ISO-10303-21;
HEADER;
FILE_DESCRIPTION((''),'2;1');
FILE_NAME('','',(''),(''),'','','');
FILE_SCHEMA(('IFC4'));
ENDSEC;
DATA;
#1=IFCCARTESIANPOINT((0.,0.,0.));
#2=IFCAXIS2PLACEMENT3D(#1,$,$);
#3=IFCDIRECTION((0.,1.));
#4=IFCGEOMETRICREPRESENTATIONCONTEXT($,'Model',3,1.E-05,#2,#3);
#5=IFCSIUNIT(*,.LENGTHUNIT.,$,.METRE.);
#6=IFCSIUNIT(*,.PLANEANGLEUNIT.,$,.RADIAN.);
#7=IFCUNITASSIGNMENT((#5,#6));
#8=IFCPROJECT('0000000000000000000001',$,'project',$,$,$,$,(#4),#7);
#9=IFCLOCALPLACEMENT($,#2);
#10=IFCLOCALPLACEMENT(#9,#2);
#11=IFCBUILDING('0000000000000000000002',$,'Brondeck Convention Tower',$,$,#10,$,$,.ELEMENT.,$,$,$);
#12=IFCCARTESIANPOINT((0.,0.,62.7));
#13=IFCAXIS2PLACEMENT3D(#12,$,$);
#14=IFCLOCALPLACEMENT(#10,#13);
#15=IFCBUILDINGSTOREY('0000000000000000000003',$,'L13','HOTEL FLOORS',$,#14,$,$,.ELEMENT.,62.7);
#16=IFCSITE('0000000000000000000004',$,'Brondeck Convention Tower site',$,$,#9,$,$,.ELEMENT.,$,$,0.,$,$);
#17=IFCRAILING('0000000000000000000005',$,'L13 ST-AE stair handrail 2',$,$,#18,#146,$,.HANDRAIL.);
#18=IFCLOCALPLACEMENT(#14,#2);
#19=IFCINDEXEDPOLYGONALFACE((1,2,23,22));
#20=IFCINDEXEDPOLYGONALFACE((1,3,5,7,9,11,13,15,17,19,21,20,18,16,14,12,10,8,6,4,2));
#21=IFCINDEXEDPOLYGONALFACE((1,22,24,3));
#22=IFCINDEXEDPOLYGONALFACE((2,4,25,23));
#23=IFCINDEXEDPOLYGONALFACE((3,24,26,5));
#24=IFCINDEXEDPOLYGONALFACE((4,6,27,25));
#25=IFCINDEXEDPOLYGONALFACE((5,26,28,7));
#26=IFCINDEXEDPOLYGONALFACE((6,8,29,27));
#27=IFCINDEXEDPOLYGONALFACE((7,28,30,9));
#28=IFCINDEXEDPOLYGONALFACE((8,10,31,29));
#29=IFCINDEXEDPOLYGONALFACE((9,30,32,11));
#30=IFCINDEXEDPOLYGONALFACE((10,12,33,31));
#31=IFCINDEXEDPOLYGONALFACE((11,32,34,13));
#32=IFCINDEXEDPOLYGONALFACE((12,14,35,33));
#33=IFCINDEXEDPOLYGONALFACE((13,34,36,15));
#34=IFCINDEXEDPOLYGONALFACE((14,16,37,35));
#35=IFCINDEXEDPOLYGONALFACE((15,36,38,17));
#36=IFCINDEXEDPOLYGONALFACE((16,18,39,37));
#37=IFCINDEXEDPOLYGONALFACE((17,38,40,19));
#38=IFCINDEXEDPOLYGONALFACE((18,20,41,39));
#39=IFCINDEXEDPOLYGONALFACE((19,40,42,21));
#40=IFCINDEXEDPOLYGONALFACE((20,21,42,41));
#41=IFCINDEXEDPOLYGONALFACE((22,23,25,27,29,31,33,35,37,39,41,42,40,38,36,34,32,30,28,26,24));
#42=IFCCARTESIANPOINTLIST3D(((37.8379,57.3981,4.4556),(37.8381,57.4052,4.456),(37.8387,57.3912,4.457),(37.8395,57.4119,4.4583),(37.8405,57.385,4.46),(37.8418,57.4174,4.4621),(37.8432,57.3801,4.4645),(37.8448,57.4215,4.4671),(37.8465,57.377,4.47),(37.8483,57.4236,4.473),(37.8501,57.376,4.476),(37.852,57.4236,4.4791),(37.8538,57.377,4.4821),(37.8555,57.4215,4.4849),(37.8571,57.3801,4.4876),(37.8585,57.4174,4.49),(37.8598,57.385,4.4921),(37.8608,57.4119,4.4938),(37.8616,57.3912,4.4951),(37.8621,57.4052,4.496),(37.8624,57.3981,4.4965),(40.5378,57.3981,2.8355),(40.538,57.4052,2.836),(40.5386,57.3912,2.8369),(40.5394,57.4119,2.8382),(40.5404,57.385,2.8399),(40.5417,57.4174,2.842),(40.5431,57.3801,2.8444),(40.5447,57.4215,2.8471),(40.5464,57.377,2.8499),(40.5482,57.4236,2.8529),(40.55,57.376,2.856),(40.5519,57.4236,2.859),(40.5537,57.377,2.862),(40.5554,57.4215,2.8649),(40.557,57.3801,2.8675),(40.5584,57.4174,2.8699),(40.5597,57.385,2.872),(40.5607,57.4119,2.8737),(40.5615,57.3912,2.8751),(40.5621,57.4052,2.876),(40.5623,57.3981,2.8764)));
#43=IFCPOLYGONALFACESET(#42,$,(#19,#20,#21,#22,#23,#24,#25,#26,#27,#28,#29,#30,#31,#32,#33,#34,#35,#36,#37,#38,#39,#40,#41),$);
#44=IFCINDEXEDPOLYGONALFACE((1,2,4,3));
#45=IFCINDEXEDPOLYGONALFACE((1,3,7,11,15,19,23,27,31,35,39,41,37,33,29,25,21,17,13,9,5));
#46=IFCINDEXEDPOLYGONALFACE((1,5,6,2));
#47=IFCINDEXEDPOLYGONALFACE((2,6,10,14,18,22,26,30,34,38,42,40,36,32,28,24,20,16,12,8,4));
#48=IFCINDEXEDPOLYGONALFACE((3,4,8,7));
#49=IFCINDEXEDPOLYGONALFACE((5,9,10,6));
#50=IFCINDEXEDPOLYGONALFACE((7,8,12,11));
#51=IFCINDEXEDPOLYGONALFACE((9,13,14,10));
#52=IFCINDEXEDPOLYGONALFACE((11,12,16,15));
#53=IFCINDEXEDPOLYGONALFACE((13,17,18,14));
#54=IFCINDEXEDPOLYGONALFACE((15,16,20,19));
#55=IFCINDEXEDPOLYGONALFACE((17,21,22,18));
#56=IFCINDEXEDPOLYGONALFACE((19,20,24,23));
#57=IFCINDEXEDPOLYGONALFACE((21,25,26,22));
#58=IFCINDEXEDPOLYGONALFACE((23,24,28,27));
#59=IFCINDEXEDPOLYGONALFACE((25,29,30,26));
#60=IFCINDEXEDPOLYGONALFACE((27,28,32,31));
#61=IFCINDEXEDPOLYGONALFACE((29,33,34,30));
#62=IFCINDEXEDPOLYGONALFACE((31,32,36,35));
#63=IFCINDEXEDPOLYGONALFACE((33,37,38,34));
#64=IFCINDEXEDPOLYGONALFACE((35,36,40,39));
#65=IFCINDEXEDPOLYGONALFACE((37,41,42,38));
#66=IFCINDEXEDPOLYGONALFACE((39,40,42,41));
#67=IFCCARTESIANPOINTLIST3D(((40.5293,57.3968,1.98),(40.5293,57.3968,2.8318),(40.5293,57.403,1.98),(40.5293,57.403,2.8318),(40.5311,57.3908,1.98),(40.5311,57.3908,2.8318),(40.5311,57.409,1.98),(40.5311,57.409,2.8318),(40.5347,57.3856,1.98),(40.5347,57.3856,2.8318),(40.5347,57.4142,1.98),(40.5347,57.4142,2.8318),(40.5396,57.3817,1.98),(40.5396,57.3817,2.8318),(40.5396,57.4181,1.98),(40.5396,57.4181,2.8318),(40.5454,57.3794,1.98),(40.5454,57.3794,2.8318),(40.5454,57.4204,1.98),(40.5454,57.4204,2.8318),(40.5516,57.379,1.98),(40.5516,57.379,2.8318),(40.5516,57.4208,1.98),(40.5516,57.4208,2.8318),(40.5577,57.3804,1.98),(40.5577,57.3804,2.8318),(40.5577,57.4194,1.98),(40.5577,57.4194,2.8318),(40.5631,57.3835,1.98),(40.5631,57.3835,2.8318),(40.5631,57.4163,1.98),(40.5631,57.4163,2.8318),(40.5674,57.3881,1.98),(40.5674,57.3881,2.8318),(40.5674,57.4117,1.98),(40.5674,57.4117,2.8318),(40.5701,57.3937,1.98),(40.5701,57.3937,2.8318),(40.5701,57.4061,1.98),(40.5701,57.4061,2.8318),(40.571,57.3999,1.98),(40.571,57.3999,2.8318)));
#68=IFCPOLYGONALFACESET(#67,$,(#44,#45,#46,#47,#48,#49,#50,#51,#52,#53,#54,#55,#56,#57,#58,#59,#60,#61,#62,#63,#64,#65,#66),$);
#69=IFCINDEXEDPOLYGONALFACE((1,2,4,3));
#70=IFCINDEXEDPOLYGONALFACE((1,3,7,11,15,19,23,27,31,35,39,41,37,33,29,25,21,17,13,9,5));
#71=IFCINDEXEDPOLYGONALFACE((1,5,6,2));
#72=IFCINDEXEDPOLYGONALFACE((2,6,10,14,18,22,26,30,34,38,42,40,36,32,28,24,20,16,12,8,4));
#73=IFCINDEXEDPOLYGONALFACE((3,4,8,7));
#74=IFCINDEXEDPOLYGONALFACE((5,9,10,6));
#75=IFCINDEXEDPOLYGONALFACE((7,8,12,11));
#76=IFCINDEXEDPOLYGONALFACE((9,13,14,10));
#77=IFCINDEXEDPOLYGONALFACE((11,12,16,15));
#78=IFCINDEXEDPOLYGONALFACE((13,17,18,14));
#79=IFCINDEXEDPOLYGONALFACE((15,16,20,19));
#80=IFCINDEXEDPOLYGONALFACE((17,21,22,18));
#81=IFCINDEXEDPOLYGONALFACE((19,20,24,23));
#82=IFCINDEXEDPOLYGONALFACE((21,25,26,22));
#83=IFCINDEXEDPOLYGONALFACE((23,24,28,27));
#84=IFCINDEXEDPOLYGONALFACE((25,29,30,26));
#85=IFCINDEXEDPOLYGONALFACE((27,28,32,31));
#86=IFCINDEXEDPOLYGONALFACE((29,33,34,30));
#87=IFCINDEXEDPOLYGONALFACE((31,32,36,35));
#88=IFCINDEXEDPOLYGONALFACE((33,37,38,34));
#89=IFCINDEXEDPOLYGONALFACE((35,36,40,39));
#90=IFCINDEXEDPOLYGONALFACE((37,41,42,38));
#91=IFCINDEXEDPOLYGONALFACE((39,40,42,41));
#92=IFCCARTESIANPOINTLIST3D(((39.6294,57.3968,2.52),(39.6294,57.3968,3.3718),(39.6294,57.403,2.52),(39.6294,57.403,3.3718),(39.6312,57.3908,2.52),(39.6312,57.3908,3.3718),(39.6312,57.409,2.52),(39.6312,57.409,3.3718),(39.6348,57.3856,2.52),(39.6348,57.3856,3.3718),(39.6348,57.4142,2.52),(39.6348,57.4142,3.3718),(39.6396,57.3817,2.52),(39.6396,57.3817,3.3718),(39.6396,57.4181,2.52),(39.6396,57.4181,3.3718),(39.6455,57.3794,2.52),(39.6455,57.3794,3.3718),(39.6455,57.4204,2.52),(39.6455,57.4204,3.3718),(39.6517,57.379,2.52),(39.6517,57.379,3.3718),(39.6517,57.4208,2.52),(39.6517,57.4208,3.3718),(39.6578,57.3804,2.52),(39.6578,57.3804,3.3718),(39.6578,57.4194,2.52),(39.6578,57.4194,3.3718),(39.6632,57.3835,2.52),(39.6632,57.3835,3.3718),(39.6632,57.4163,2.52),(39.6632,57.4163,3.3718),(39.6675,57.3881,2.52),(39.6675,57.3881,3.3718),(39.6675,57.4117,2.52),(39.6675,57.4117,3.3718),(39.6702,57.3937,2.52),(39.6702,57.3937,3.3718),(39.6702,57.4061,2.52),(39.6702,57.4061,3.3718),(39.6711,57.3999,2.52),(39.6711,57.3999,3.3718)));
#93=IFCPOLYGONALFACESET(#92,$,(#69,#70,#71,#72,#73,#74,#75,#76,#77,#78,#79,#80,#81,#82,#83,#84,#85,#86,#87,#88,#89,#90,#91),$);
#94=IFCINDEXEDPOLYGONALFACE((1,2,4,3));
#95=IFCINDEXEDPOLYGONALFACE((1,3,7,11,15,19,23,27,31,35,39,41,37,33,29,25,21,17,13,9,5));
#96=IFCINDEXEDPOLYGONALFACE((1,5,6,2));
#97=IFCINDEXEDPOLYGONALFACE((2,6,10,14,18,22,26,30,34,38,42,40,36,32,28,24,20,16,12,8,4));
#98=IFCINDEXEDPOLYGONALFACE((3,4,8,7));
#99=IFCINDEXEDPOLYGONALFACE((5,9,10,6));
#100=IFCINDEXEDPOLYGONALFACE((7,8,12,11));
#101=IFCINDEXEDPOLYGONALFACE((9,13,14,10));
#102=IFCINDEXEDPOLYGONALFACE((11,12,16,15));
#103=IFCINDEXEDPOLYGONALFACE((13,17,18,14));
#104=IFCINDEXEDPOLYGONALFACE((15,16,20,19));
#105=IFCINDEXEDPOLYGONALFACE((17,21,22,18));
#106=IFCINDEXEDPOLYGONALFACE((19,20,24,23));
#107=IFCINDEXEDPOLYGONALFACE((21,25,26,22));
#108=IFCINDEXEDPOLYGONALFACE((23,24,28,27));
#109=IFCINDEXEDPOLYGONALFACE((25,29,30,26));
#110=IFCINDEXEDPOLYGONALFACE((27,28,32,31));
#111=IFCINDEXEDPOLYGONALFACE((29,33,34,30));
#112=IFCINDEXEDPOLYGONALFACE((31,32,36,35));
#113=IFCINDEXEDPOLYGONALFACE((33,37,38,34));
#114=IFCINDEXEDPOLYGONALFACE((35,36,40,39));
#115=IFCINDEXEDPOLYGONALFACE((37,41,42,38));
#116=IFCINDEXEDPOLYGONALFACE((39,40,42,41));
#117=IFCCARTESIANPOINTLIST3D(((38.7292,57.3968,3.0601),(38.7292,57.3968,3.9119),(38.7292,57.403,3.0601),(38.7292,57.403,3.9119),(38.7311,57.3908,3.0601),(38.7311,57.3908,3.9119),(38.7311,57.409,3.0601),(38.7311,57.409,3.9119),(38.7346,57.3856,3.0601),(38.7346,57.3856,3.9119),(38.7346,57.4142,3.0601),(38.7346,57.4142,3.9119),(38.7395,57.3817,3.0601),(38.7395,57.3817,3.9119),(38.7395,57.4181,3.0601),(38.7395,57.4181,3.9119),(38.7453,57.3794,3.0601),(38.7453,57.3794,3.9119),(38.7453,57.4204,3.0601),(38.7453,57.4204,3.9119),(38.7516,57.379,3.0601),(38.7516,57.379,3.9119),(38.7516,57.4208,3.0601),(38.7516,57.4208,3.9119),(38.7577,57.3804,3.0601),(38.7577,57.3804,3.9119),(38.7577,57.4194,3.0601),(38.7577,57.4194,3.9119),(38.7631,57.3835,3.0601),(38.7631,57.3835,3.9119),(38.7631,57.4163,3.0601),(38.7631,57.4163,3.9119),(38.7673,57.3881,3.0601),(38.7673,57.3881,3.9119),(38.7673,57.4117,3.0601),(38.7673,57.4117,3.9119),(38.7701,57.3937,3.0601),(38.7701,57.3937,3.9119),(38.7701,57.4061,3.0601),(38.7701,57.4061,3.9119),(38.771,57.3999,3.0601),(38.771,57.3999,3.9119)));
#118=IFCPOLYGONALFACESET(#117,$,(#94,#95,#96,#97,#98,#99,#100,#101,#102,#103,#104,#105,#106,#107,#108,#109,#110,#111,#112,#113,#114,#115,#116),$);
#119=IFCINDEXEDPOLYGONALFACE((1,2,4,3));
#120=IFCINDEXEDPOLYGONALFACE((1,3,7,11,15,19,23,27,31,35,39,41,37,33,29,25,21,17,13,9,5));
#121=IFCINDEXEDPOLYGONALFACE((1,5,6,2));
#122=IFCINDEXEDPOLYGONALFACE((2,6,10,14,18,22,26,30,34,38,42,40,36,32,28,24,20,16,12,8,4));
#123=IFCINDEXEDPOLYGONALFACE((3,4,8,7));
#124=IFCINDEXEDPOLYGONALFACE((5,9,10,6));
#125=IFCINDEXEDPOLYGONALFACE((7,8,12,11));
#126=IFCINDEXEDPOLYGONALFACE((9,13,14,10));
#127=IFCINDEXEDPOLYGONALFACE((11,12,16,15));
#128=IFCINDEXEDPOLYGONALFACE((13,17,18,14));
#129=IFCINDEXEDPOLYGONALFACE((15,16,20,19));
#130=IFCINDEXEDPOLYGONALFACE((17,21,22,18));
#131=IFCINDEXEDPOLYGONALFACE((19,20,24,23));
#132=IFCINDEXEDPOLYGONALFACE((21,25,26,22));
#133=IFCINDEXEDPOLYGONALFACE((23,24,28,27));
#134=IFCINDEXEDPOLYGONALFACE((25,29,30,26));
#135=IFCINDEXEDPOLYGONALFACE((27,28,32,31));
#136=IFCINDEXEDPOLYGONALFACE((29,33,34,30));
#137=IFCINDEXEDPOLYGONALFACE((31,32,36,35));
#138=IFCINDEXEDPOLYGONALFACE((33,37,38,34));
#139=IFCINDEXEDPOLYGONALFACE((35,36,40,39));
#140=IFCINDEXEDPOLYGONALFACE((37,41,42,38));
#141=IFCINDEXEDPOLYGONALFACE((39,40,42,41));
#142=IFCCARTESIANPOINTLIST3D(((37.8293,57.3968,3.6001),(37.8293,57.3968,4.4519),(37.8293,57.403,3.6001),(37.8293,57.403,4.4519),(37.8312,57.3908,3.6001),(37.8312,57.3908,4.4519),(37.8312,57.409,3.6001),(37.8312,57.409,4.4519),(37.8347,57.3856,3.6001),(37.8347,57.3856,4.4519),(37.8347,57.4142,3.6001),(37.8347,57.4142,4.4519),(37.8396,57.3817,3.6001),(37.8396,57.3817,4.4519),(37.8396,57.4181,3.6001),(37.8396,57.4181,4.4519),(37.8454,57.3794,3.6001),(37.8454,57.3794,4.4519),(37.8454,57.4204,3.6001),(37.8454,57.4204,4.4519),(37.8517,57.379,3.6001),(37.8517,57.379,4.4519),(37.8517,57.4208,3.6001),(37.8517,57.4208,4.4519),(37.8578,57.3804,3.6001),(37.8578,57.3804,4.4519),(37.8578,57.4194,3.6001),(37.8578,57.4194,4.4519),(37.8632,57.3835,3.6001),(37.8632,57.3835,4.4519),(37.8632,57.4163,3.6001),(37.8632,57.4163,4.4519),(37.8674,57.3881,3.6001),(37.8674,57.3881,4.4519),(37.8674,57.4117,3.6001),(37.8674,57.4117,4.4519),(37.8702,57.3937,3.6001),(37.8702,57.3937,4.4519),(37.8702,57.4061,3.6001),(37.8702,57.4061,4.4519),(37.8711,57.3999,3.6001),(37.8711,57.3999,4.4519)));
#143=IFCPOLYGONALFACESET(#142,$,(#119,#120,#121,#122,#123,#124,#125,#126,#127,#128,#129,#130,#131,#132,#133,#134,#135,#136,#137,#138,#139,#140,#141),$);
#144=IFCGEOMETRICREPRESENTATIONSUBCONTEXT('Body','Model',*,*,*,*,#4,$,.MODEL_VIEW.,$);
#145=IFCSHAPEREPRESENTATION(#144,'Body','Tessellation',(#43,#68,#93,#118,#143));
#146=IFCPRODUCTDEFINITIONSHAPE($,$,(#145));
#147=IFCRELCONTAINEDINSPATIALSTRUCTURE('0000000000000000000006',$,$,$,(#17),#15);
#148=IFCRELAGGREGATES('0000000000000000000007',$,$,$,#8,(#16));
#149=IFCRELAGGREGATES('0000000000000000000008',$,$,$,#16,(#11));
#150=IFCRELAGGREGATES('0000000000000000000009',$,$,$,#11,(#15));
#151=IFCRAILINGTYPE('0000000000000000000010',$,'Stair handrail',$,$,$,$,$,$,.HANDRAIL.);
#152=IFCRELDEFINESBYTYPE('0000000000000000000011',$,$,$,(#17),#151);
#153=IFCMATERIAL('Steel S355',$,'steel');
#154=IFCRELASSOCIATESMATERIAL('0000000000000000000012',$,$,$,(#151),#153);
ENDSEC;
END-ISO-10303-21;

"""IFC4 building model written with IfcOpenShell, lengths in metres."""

from ifc_helpers import new_model, si_unit, direction, frame, origin, origin_2d, place, context, subcontext, project, spatial, circle, extrude, material, type_object, element, save


model = new_model("IFC4")

# Units and contexts
model_context = context("Model", 3, precision=1e-05, world=origin(), true_north=direction((0.0, 1.0)))
body_context = subcontext(model_context, "Body", "Model", "MODEL_VIEW")
ifc_project = project(units=[si_unit("LENGTHUNIT", "METRE"), si_unit("PLANEANGLEUNIT", "RADIAN")], contexts=[model_context])

# Site, building, storey
site_placement = place(None, origin())
site = spatial("IfcSite", under=ifc_project, at=site_placement, Name="Brondeck Convention Tower site", CompositionType="ELEMENT", RefElevation=0.0)
building_placement = place(site_placement, origin())
building = spatial("IfcBuilding", under=site, at=building_placement, Name="Brondeck Convention Tower", CompositionType="ELEMENT")
storey_placement = place(building_placement, frame((0.0, 0.0, 62.7)))
storey = spatial("IfcBuildingStorey", under=building, at=storey_placement, Name="L13", Description="HOTEL FLOORS", CompositionType="ELEMENT", Elevation=62.7)

# Railing
ifc_material_1 = material(Name="Steel S355", Category="steel")
railing_type_1 = type_object("IfcRailingType", Name="Stair handrail", PredefinedType="HANDRAIL", material=ifc_material_1)
railing_1_placement = place(storey_placement, frame((40.55, 57.3999, 1.98)))
element("IfcRailing", 1, at=railing_1_placement, inside=storey, type_object=railing_type_1, Name="L13 ST-AE stair handrail 2", PredefinedType="HANDRAIL", context=body_context, shape_type="SweptSolid", body=[
    extrude(circle(Radius=0.0239, at=origin_2d()), frame((0.0, 0.0, 0.876), z_axis=(-0.857472, 0.0, 0.51453), x_axis=(0.0, -1.0, 0.0)), (0.0, 0.0, 1.0), 3.1487),
    extrude(circle(Radius=0.021, at=origin_2d()), origin(), (0.0, 0.0, 1.0), 0.8518),
    extrude(circle(Radius=0.021, at=origin_2d()), frame((-0.8999, 0.0, 0.54)), (0.0, 0.0, 1.0), 0.8518),
    extrude(circle(Radius=0.021, at=origin_2d()), frame((-1.8, 0.0, 1.0801)), (0.0, 0.0, 1.0), 0.8518),
    extrude(circle(Radius=0.021, at=origin_2d()), frame((-2.7, 0.0, 1.6201)), (0.0, 0.0, 1.0), 0.8518),
])

save(model, "model.ifc")
